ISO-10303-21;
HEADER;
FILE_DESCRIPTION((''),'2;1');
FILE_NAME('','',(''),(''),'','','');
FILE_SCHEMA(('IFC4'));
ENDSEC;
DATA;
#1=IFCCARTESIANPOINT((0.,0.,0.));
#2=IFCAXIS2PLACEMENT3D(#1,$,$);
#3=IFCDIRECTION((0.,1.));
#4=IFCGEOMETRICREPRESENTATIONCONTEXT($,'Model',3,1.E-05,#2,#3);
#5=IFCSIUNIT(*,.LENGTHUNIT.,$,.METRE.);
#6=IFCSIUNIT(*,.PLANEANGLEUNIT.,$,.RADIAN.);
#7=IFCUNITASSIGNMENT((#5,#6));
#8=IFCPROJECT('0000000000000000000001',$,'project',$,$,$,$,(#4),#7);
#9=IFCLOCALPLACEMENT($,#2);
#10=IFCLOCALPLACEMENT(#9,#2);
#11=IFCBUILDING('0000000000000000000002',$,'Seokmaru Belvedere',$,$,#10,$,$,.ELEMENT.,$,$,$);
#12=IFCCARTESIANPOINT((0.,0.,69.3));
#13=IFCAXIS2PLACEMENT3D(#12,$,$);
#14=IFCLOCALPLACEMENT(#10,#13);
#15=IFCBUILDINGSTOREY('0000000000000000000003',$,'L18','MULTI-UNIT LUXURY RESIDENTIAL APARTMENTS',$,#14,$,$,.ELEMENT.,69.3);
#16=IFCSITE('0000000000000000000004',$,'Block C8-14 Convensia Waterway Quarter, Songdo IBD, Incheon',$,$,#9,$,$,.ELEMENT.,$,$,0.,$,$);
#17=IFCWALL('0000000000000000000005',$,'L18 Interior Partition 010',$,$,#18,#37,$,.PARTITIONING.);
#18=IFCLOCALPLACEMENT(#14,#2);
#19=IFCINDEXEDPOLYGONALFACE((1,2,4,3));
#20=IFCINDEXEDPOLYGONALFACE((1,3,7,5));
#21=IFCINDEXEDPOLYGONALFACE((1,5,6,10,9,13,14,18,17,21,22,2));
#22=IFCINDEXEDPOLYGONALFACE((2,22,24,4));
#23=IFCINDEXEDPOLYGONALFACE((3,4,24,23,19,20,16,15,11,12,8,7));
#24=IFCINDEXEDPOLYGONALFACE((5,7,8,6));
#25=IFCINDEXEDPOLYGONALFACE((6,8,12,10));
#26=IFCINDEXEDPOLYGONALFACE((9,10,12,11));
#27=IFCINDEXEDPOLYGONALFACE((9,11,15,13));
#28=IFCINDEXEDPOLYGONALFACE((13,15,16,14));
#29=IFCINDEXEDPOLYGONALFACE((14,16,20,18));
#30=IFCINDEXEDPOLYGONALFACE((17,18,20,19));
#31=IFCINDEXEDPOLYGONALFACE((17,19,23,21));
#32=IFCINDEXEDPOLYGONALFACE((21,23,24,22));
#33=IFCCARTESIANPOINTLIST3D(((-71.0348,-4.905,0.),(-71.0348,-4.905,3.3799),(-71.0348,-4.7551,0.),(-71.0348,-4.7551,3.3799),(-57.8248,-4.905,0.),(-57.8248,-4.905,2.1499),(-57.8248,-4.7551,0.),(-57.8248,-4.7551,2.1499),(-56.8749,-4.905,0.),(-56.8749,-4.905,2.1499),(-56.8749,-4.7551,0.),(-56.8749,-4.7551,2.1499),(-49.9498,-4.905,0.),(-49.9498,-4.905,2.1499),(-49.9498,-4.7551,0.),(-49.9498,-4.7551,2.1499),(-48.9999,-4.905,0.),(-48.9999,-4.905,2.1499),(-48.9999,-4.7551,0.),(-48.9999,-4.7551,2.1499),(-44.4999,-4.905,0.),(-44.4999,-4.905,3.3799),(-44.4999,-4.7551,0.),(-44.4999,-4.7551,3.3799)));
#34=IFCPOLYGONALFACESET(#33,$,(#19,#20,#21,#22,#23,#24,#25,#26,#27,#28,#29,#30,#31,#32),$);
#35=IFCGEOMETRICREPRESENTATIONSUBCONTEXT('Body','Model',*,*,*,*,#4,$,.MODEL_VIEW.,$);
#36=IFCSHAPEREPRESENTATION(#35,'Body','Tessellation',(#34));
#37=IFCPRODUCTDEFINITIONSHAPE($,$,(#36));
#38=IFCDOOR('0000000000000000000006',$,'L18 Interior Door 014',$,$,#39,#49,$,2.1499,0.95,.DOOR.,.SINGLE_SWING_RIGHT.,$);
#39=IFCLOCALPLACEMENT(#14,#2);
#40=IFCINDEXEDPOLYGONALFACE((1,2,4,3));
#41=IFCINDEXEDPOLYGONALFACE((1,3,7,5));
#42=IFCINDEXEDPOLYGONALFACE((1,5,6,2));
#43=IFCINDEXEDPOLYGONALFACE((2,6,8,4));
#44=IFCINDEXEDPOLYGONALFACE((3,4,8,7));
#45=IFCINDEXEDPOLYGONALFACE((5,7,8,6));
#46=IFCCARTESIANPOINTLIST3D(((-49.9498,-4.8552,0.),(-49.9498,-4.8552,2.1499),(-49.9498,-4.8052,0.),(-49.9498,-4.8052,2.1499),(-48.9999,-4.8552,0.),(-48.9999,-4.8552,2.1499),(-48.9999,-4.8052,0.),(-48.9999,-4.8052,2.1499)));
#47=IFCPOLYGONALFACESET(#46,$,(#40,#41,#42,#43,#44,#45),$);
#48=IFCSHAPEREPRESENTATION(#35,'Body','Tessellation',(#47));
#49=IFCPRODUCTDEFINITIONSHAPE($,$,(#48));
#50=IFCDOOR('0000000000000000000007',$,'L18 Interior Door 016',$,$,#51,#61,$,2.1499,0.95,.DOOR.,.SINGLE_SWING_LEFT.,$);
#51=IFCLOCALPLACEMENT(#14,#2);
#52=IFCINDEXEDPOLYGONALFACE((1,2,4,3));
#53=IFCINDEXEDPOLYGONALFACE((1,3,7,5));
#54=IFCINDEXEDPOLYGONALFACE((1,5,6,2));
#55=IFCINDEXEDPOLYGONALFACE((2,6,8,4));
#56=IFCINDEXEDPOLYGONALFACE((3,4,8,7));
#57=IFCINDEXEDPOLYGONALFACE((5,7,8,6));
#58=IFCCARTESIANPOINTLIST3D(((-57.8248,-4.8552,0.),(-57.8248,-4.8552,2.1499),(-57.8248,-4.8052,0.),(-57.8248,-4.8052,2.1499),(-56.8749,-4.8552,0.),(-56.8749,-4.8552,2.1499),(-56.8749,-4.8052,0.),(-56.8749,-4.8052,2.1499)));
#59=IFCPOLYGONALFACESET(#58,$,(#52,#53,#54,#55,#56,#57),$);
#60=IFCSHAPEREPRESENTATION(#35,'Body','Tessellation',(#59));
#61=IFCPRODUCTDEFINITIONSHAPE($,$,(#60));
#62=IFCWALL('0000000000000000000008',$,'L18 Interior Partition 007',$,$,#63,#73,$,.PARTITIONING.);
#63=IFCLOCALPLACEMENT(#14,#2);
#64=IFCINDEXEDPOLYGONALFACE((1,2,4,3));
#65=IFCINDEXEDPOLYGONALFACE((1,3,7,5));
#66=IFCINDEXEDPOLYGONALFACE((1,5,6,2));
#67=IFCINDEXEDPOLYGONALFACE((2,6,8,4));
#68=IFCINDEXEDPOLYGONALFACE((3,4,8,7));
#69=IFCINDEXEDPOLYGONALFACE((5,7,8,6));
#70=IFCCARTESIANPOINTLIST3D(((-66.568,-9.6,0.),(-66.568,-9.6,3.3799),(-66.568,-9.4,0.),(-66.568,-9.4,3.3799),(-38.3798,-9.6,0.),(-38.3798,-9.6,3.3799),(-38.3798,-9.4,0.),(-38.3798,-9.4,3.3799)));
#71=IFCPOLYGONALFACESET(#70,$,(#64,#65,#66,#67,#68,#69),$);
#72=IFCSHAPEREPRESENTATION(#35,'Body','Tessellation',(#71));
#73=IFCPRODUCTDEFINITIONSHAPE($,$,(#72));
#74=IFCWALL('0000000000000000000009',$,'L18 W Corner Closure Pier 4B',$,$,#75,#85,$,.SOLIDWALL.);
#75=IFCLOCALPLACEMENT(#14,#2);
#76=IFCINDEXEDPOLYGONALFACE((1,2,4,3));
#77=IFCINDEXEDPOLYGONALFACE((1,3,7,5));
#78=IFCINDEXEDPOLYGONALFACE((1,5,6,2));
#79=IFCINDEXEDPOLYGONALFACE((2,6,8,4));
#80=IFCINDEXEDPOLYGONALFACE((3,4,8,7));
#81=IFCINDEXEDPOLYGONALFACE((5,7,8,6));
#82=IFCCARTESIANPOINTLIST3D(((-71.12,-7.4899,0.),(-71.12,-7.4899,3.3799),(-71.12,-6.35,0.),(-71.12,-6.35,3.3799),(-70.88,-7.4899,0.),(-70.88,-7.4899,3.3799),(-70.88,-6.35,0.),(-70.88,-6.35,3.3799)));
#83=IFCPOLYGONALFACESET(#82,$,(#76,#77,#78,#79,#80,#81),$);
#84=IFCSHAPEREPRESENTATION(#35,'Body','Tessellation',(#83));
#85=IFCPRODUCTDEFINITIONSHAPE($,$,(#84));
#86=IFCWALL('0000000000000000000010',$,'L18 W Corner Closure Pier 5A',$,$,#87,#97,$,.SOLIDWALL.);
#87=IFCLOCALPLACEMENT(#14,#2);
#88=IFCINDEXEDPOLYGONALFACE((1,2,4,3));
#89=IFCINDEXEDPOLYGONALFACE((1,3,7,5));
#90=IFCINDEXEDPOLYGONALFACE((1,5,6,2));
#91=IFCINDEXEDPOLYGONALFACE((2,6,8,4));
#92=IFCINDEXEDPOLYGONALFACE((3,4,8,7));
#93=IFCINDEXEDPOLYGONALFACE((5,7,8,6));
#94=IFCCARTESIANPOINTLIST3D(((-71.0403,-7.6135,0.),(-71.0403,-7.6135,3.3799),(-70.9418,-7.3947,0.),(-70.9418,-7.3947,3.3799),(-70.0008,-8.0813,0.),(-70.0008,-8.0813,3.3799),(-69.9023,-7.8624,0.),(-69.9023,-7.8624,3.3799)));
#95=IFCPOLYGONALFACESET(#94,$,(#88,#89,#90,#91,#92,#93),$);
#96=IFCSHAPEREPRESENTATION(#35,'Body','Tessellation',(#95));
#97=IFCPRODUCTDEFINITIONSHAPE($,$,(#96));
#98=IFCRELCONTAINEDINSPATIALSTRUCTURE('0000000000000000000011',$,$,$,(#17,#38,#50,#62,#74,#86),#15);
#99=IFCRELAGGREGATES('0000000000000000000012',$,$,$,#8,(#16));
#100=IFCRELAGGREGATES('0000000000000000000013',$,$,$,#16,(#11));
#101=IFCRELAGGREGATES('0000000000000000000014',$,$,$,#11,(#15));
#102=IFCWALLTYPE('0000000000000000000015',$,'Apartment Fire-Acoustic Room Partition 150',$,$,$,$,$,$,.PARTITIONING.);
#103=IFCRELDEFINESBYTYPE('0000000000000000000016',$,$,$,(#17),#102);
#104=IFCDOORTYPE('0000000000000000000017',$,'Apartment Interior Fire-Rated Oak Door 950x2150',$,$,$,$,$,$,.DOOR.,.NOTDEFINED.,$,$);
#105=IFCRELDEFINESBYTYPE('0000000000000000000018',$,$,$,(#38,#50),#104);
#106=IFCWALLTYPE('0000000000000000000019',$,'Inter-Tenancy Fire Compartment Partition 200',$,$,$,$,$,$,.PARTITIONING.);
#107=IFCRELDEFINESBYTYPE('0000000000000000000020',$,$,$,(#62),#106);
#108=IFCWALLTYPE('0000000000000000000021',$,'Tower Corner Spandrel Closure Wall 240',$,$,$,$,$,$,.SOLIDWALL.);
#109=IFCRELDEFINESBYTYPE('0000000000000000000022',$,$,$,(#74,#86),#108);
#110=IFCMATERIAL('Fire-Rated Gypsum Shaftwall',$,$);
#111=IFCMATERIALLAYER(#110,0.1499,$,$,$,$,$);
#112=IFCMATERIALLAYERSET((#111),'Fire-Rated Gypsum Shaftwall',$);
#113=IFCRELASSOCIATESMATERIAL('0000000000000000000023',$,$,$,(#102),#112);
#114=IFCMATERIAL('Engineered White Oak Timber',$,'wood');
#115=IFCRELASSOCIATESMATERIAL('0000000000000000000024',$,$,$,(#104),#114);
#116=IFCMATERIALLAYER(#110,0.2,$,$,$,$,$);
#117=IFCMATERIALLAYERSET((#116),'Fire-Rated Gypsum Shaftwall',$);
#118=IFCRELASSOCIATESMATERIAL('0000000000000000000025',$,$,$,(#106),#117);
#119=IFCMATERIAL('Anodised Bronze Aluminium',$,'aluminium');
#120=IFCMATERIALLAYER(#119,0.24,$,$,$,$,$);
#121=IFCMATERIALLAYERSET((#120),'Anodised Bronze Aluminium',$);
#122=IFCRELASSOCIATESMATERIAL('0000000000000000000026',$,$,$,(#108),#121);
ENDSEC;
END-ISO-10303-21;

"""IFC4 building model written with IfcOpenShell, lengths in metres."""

from ifc_helpers import new_model, si_unit, direction, frame, frame_2d, origin, place, context, subcontext, project, spatial, rectangle, extrude, source, transform, mapped, material, layer, layer_set, type_object, type_shapes, element, fill, save


model = new_model("IFC4")

# Units and contexts
model_context = context("Model", 3, precision=1e-05, world=origin(), true_north=direction((0.0, 1.0)))
body_context = subcontext(model_context, "Body", "Model", "MODEL_VIEW")
ifc_project = project(units=[si_unit("LENGTHUNIT", "METRE"), si_unit("PLANEANGLEUNIT", "RADIAN")], contexts=[model_context])

# Site, building, storey
site_placement = place(None, origin())
site = spatial("IfcSite", under=ifc_project, at=site_placement, Name="Block C8-14 Convensia Waterway Quarter, Songdo IBD, Incheon", CompositionType="ELEMENT", RefElevation=0.0)
building_placement = place(site_placement, origin())
building = spatial("IfcBuilding", under=site, at=building_placement, Name="Seokmaru Belvedere", CompositionType="ELEMENT")
storey_placement = place(building_placement, frame((0.0, 0.0, 69.3)))
storey = spatial("IfcBuildingStorey", under=building, at=storey_placement, Name="L18", Description="MULTI-UNIT LUXURY RESIDENTIAL APARTMENTS", CompositionType="ELEMENT", Elevation=69.3)

# Shared definitions
ifc_material_1 = material(Name="Anodised Bronze Aluminium", Category="aluminium")

# Wall, openings, doors
ifc_material_2 = material(Name="Fire-Rated Gypsum Shaftwall")
ifc_layer_1 = layer(ifc_material_2, 0.1499)
ifc_layer_set_1 = layer_set([ifc_layer_1], Name="Fire-Rated Gypsum Shaftwall")
wall_type_1 = type_object("IfcWallType", Name="Apartment Fire-Acoustic Room Partition 150", PredefinedType="PARTITIONING", material=ifc_layer_set_1)
wall_1_placement = place(storey_placement, frame((-71.0349, -4.8301, 0.0), z_axis=(0.0, 0.0, 1.0), x_axis=(1.0, 0.0, 0.0)))
wall_1 = element("IfcWall", 1, at=wall_1_placement, inside=storey, type_object=wall_type_1, Name="L18 Interior Partition 010", PredefinedType="PARTITIONING", context=body_context, shape_type="SweptSolid", body=[
    extrude(rectangle(XDim=26.5349, YDim=0.1499, at=frame_2d((13.2676, 0.0))), origin(), (0.0, 0.0, 1.0), 3.3799),
])
opening_1_placement = place(wall_1_placement, frame((21.085, 0.0, 0.0)))
opening_1 = element("IfcOpeningElement", 2, at=opening_1_placement, cuts=wall_1, PredefinedType="OPENING", context=body_context, shape_type="SweptSolid", body=[
    extrude(rectangle(XDim=0.95, YDim=2.1499, at=frame_2d((0.4751, 1.075))), frame((0.0, 0.085, 0.0), z_axis=(0.0, -1.0, 0.0), x_axis=(1.0, 0.0, 0.0)), (0.0, 0.0, 1.0), 0.1699),
])
opening_2_placement = place(wall_1_placement, frame((13.21, 0.0, 0.0)))
opening_2 = element("IfcOpeningElement", 3, at=opening_2_placement, cuts=wall_1, PredefinedType="OPENING", context=body_context, shape_type="SweptSolid", body=[
    extrude(rectangle(XDim=0.95, YDim=2.1499, at=frame_2d((0.4751, 1.075))), frame((0.0, 0.085, 0.0), z_axis=(0.0, -1.0, 0.0), x_axis=(1.0, 0.0, 0.0)), (0.0, 0.0, 1.0), 0.1699),
])
ifc_material_3 = material(Name="Engineered White Oak Timber", Category="wood")
door_type = type_object("IfcDoorType", Name="Apartment Interior Fire-Rated Oak Door 950x2150", OperationType="NOTDEFINED", PredefinedType="DOOR", material=ifc_material_3)
shared_shape_1 = source(origin(), body_context, "Body", "SweptSolid", [
    extrude(rectangle(XDim=0.95, YDim=2.1499, at=frame_2d((0.4751, 1.075))), frame((0.0, 0.0249, 0.0), z_axis=(0.0, -1.0, 0.0), x_axis=(1.0, 0.0, 0.0)), (0.0, 0.0, 1.0), 0.05),
])
type_shapes(door_type, [shared_shape_1])
door_1_placement = place(opening_1_placement, origin())
door_1 = element("IfcDoor", 4, at=door_1_placement, inside=storey, type_object=door_type, Name="L18 Interior Door 014", OperationType="SINGLE_SWING_RIGHT", OverallHeight=2.1499, OverallWidth=0.95, PredefinedType="DOOR", context=body_context, shape_type="MappedRepresentation", body=[
    mapped(shared_shape_1, transform((0.0, 0.0, 0.0), scale=1.0)),
])
fill(opening_1, door_1)
door_2_placement = place(opening_2_placement, origin())
door_2 = element("IfcDoor", 5, at=door_2_placement, inside=storey, type_object=door_type, Name="L18 Interior Door 016", OperationType="SINGLE_SWING_LEFT", OverallHeight=2.1499, OverallWidth=0.95, PredefinedType="DOOR", context=body_context, shape_type="MappedRepresentation", body=[
    mapped(shared_shape_1, transform((0.0, 0.0, 0.0), scale=1.0)),
])
fill(opening_2, door_2)

# Walls
ifc_layer_2 = layer(ifc_material_2, 0.2)
ifc_layer_set_2 = layer_set([ifc_layer_2], Name="Fire-Rated Gypsum Shaftwall")
wall_type_2 = type_object("IfcWallType", Name="Inter-Tenancy Fire Compartment Partition 200", PredefinedType="PARTITIONING", material=ifc_layer_set_2)
wall_2_placement = place(storey_placement, frame((-66.5681, -9.5, 0.0), z_axis=(0.0, 0.0, 1.0), x_axis=(1.0, 0.0, 0.0)))
element("IfcWall", 6, at=wall_2_placement, inside=storey, type_object=wall_type_2, Name="L18 Interior Partition 007", PredefinedType="PARTITIONING", context=body_context, shape_type="SweptSolid", body=[
    extrude(rectangle(XDim=28.1882, YDim=0.2, at=frame_2d((14.0942, 0.0))), origin(), (0.0, 0.0, 1.0), 3.3799),
])
ifc_layer_3 = layer(ifc_material_1, 0.24)
ifc_layer_set_3 = layer_set([ifc_layer_3], Name="Anodised Bronze Aluminium")
wall_type_3 = type_object("IfcWallType", Name="Tower Corner Spandrel Closure Wall 240", PredefinedType="SOLIDWALL", material=ifc_layer_set_3)
for number, where, z_axis, x_axis, name in (
    (7, (-71.0, -6.3501, 0.0), (0.0, 0.0, 1.0), (0.0, -1.0, 0.0), "L18 W Corner Closure Pier 4B"),
    (8, (-70.991, -7.5042, 0.0), (0.0, 0.0, 1.0), (0.91193, -0.410347, 0.0), "L18 W Corner Closure Pier 5A"),
):
    element("IfcWall", number, at=place(storey_placement, frame(where, z_axis=z_axis, x_axis=x_axis)), inside=storey, type_object=wall_type_3, Name=name, PredefinedType="SOLIDWALL", context=body_context, shape_type="SweptSolid", body=[
        extrude(rectangle(XDim=1.1399, YDim=0.24, at=frame_2d((0.5698, 0.0))), origin(), (0.0, 0.0, 1.0), 3.3799),
    ])

save(model, "model.ifc")
